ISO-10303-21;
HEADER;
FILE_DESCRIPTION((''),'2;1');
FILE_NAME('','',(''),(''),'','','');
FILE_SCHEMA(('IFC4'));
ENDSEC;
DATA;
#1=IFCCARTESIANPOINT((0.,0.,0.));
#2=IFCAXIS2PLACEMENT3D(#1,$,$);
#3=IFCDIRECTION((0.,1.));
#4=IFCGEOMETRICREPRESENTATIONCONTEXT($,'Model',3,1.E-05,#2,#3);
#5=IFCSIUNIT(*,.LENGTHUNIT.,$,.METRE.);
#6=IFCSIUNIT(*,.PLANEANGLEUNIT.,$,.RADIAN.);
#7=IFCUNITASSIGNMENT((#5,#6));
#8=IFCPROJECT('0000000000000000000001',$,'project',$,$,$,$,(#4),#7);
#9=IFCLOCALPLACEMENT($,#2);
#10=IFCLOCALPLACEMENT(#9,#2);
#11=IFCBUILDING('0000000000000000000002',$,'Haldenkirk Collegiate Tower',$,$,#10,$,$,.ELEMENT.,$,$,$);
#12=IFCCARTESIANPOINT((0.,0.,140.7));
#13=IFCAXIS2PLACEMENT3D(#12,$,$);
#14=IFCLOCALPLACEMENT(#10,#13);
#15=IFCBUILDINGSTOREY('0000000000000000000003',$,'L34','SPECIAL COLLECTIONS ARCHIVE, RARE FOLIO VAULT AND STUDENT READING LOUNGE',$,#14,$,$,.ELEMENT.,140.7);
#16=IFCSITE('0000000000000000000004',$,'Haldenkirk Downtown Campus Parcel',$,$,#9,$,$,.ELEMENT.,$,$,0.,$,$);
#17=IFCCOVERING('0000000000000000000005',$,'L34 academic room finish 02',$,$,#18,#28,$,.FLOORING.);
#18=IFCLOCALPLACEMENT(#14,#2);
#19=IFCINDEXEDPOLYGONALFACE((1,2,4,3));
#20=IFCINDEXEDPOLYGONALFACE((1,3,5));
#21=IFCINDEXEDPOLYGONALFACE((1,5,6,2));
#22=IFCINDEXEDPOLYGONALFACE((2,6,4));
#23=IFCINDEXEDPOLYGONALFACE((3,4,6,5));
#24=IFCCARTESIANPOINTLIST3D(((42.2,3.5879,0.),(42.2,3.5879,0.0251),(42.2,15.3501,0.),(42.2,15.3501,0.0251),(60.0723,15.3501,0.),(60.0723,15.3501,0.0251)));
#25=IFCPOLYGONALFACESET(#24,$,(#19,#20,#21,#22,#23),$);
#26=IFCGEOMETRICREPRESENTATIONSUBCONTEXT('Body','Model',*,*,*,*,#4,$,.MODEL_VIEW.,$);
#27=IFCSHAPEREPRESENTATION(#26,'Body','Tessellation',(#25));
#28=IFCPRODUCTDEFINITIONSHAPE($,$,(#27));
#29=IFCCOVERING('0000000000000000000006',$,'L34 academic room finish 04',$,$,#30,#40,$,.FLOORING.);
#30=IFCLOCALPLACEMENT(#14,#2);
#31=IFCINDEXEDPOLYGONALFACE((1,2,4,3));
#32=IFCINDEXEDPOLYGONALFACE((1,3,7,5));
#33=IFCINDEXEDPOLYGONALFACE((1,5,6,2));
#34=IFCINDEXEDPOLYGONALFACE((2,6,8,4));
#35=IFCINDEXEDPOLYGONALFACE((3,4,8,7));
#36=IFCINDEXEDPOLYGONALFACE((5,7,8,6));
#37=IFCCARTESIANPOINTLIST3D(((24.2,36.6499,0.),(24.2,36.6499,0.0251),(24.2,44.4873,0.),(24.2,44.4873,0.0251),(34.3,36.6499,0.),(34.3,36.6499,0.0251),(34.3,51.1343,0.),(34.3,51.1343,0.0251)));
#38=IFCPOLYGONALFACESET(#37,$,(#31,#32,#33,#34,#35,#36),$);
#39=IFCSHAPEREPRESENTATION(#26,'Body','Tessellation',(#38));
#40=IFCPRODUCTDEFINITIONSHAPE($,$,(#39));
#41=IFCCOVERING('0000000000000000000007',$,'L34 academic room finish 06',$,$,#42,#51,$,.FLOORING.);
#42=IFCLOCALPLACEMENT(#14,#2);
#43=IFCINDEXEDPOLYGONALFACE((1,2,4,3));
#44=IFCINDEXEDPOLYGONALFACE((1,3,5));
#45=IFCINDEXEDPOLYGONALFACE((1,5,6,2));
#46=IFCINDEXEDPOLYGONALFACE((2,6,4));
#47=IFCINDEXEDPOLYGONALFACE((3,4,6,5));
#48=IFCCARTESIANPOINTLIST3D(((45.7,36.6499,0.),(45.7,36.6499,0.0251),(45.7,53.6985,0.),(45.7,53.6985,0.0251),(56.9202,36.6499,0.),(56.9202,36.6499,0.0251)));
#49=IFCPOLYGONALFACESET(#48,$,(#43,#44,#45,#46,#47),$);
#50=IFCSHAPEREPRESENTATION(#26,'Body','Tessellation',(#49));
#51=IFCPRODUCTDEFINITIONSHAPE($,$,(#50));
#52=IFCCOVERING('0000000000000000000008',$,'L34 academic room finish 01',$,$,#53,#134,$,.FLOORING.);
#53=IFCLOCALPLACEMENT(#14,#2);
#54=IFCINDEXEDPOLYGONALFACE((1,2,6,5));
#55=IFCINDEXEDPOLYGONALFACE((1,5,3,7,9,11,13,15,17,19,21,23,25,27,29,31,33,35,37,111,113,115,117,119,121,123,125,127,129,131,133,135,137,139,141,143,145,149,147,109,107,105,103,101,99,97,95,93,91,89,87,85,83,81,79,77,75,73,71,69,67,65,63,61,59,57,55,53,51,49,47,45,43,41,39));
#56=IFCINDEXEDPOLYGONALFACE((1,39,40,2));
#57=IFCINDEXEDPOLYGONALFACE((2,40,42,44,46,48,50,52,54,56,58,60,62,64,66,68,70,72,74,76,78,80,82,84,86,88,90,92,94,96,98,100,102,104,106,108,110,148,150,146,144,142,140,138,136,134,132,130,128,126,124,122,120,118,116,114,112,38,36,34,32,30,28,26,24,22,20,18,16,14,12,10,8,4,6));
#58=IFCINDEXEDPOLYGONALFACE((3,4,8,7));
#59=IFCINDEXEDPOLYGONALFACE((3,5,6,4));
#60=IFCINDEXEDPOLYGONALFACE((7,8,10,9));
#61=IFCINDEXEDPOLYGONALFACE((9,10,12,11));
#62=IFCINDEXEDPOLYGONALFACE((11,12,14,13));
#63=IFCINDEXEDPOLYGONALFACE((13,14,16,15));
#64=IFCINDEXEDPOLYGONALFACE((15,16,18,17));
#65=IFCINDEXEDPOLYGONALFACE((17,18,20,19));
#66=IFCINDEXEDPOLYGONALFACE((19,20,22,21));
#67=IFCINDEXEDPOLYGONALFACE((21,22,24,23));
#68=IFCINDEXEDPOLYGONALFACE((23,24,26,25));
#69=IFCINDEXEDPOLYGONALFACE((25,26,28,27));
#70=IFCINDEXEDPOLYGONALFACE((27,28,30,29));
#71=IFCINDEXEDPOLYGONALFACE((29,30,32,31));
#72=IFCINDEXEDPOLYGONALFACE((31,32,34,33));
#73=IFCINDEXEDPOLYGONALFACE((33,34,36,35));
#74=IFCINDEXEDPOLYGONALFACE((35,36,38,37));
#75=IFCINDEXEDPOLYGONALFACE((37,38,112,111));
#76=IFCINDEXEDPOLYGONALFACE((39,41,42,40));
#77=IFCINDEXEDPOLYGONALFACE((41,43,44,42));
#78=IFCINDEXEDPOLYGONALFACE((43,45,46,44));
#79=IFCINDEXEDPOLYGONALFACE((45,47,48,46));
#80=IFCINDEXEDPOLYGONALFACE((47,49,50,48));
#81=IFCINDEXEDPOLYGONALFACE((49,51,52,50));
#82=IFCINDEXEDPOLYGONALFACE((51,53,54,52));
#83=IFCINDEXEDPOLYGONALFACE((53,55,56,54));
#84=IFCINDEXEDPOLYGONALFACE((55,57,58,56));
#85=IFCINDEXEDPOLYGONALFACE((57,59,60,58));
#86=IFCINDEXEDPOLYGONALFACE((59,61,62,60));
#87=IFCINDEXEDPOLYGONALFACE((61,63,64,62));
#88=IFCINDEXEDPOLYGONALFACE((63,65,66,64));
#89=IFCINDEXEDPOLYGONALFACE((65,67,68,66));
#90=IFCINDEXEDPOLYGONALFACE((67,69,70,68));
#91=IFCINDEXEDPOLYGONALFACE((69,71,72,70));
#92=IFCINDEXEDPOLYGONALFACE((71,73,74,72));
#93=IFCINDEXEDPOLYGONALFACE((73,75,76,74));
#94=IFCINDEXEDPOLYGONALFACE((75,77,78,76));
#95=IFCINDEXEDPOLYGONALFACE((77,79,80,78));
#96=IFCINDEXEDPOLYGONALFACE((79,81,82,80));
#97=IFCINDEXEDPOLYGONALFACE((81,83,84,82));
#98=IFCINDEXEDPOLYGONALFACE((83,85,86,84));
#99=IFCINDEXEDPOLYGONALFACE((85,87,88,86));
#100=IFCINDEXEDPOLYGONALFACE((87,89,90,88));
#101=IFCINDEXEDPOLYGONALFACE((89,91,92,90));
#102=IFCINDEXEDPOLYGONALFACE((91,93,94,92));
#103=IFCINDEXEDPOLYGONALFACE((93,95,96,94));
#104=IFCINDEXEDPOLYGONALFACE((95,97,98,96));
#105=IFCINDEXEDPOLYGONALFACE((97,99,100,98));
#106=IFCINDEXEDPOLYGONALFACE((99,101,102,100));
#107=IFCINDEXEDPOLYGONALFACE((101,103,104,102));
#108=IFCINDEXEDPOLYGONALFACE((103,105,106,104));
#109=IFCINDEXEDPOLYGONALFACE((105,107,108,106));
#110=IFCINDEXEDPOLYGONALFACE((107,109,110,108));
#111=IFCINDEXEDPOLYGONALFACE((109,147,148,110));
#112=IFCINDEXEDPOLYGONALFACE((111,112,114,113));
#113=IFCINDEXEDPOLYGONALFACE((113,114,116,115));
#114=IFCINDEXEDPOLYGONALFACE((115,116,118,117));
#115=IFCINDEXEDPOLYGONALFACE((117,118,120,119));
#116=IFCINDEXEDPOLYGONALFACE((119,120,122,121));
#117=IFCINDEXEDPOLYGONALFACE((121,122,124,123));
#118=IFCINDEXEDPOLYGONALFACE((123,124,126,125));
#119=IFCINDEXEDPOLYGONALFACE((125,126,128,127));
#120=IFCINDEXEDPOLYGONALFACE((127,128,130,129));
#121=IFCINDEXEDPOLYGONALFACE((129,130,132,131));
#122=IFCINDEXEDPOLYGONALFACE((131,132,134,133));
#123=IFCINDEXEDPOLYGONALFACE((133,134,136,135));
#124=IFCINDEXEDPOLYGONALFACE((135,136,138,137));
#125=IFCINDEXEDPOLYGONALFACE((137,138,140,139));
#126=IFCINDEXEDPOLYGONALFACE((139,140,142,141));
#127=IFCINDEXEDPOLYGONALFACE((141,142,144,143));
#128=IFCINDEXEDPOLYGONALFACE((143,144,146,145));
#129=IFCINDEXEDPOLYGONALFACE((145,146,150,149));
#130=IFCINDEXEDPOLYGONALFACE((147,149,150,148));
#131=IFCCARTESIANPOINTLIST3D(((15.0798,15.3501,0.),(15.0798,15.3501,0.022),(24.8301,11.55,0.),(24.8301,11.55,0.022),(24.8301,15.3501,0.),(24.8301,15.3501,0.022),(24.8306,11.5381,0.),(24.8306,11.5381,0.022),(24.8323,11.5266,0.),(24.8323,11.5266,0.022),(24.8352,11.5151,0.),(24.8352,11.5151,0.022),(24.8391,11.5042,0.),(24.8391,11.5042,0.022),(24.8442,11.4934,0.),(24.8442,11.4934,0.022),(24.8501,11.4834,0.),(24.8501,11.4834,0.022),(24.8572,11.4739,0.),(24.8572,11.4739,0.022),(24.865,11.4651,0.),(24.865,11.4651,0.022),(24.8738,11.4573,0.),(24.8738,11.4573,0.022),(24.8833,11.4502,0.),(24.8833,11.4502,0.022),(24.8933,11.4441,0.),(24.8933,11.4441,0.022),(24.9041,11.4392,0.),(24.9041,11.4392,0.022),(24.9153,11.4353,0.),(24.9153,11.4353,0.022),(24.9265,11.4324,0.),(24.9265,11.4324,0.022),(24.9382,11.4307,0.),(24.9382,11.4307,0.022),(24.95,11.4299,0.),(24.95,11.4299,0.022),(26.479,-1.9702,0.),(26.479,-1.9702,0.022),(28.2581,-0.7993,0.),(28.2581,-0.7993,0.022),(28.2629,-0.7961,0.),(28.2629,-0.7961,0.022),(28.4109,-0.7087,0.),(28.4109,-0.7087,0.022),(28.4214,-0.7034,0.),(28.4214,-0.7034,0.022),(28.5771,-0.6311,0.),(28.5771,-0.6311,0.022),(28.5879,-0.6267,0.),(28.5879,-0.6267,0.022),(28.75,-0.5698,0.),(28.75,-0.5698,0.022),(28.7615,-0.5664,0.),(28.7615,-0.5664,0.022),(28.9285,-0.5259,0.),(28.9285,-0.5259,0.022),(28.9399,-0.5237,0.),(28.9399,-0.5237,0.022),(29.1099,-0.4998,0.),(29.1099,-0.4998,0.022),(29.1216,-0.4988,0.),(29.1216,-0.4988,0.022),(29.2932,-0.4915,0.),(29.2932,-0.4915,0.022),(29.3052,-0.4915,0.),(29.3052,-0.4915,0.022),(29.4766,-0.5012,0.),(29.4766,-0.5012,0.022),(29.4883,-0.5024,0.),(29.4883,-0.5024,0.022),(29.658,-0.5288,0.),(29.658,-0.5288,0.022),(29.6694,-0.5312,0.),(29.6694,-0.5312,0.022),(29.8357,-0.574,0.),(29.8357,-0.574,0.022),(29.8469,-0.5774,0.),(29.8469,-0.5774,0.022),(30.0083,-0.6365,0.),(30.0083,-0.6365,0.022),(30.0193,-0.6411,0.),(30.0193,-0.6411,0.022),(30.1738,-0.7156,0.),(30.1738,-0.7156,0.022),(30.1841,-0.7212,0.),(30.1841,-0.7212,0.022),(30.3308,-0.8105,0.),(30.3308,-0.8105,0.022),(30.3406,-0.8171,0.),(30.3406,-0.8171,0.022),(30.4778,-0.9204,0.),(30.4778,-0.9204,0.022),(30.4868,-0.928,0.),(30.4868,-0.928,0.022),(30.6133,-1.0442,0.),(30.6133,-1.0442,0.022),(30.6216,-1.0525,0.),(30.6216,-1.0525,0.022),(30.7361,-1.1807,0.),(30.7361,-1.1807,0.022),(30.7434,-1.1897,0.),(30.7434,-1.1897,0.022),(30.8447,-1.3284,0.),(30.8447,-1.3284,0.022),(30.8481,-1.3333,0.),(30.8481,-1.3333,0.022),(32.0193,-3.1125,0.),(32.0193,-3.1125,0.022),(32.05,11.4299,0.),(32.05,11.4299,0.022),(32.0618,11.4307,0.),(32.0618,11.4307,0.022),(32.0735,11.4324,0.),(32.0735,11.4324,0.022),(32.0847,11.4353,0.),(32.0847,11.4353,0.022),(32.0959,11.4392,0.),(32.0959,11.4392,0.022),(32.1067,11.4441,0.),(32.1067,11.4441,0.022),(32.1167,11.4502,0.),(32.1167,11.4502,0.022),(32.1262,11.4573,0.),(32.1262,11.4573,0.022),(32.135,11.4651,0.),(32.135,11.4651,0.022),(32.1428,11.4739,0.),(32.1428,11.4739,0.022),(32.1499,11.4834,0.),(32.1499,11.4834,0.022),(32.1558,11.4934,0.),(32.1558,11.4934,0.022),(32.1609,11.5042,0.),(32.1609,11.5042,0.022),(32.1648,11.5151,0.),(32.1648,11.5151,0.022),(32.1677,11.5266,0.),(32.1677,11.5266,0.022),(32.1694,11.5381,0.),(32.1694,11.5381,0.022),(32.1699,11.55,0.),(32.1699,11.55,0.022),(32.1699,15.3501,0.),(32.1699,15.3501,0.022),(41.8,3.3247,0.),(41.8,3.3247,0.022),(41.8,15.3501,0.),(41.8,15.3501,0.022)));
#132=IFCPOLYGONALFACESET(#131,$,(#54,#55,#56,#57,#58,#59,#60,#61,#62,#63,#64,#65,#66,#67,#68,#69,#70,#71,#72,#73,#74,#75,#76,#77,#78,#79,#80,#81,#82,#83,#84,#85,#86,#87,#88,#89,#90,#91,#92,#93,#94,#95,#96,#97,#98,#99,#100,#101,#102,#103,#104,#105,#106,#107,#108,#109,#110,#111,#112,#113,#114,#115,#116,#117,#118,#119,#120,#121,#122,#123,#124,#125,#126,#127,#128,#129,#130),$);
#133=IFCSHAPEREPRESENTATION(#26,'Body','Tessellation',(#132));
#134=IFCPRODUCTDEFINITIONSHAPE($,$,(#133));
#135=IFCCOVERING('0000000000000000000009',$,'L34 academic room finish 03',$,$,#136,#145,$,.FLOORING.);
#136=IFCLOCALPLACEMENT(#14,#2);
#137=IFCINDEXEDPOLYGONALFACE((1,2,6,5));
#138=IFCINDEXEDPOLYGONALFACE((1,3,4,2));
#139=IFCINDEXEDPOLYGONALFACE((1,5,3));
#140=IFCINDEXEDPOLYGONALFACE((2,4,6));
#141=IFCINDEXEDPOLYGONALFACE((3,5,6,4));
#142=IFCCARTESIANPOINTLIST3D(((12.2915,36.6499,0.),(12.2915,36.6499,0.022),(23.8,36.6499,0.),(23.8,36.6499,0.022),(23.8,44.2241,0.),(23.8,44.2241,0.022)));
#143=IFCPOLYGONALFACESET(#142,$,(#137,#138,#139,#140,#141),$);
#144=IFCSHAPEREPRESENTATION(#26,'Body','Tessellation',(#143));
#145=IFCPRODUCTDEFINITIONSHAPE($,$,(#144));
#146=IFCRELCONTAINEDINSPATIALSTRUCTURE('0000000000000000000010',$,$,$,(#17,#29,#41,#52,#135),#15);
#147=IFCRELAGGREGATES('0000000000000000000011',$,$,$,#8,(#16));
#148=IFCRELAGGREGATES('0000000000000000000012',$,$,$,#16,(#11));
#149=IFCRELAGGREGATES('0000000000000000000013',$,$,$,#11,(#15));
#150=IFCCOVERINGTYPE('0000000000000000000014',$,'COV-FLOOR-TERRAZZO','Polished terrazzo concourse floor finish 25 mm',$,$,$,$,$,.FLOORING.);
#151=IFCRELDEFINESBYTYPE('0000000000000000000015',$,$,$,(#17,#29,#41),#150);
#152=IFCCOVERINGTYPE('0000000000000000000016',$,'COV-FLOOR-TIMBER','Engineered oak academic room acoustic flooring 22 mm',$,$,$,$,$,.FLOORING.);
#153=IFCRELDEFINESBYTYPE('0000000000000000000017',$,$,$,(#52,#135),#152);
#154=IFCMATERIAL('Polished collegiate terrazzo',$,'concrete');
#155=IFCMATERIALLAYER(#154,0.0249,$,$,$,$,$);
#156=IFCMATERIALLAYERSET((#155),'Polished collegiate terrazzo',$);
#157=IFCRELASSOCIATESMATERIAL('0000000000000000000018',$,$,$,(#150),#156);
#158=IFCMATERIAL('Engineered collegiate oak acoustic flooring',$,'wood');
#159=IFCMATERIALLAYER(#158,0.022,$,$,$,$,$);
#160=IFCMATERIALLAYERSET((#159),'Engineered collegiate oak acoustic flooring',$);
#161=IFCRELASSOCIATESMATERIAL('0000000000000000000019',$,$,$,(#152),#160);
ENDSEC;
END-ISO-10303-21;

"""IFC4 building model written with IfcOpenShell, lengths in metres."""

from ifc_helpers import new_model, si_unit, direction, frame, origin, place, context, subcontext, project, spatial, polyline, outline, extrude, material, layer, layer_set, type_object, element, save


model = new_model("IFC4")

# Units and contexts
model_context = context("Model", 3, precision=1e-05, world=origin(), true_north=direction((0.0, 1.0)))
body_context = subcontext(model_context, "Body", "Model", "MODEL_VIEW")
ifc_project = project(units=[si_unit("LENGTHUNIT", "METRE"), si_unit("PLANEANGLEUNIT", "RADIAN")], contexts=[model_context])

# Site, building, storey
site_placement = place(None, origin())
site = spatial("IfcSite", under=ifc_project, at=site_placement, Name="Haldenkirk Downtown Campus Parcel", CompositionType="ELEMENT", RefElevation=0.0)
building_placement = place(site_placement, origin())
building = spatial("IfcBuilding", under=site, at=building_placement, Name="Haldenkirk Collegiate Tower", CompositionType="ELEMENT")
storey_placement = place(building_placement, frame((0.0, 0.0, 140.7)))
storey = spatial("IfcBuildingStorey", under=building, at=storey_placement, Name="L34", Description="SPECIAL COLLECTIONS ARCHIVE, RARE FOLIO VAULT AND STUDENT READING LOUNGE", CompositionType="ELEMENT", Elevation=140.7)

# Coverings
ifc_material_1 = material(Name="Polished collegiate terrazzo", Category="concrete")
ifc_layer_1 = layer(ifc_material_1, 0.0249)
ifc_layer_set_1 = layer_set([ifc_layer_1], Name="Polished collegiate terrazzo")
covering_type_1 = type_object("IfcCoveringType", Name="COV-FLOOR-TERRAZZO", Description="Polished terrazzo concourse floor finish 25 mm", PredefinedType="FLOORING", material=ifc_layer_set_1)
covering_1_placement = place(storey_placement, origin())
element("IfcCovering", 1, at=covering_1_placement, inside=storey, type_object=covering_type_1, Name="L34 academic room finish 02", PredefinedType="FLOORING", context=body_context, shape_type="SweptSolid", body=[
    extrude(outline(polyline([(42.2, 3.5879), (42.2, 15.3501), (60.0723, 15.3501), (42.2, 3.5879)])), origin(), (0.0, 0.0, 1.0), 0.0251),
])
covering_2_placement = place(storey_placement, origin())
element("IfcCovering", 2, at=covering_2_placement, inside=storey, type_object=covering_type_1, Name="L34 academic room finish 04", PredefinedType="FLOORING", context=body_context, shape_type="SweptSolid", body=[
    extrude(outline(polyline([(34.3, 51.1343), (34.3, 36.6499), (24.2, 36.6499), (24.2, 44.4873), (34.3, 51.1343)])), origin(), (0.0, 0.0, 1.0), 0.0251),
])
covering_3_placement = place(storey_placement, origin())
element("IfcCovering", 3, at=covering_3_placement, inside=storey, type_object=covering_type_1, Name="L34 academic room finish 06", PredefinedType="FLOORING", context=body_context, shape_type="SweptSolid", body=[
    extrude(outline(polyline([(45.7, 53.6985), (56.9202, 36.6499), (45.7, 36.6499), (45.7, 53.6985)])), origin(), (0.0, 0.0, 1.0), 0.0251),
])
ifc_material_2 = material(Name="Engineered collegiate oak acoustic flooring", Category="wood")
ifc_layer_2 = layer(ifc_material_2, 0.022)
ifc_layer_set_2 = layer_set([ifc_layer_2], Name="Engineered collegiate oak acoustic flooring")
covering_type_2 = type_object("IfcCoveringType", Name="COV-FLOOR-TIMBER", Description="Engineered oak academic room acoustic flooring 22 mm", PredefinedType="FLOORING", material=ifc_layer_set_2)
covering_4_placement = place(storey_placement, origin())
element("IfcCovering", 4, at=covering_4_placement, inside=storey, type_object=covering_type_2, Name="L34 academic room finish 01", PredefinedType="FLOORING", context=body_context, shape_type="SweptSolid", body=[
    extrude(outline(polyline([(30.3406, -0.8171), (30.3308, -0.8105), (30.1841, -0.7212), (30.1738, -0.7156), (30.0193, -0.6411), (30.0083, -0.6365), (29.8469, -0.5774), (29.8357, -0.574), (29.6694, -0.5312), (29.658, -0.5288), (29.4883, -0.5024), (29.4766, -0.5012), (29.3052, -0.4915), (29.2932, -0.4915), (29.1216, -0.4988), (29.1099, -0.4998), (28.9399, -0.5237), (28.9285, -0.5259), (28.7615, -0.5664), (28.75, -0.5698), (28.5879, -0.6267), (28.5771, -0.6311), (28.4214, -0.7034), (28.4109, -0.7087), (28.2629, -0.7961), (28.2581, -0.7993), (26.479, -1.9702), (15.0798, 15.3501), (24.8301, 15.3501), (24.8301, 11.55), (24.8306, 11.5381), (24.8323, 11.5266), (24.8352, 11.5151), (24.8391, 11.5042), (24.8442, 11.4934), (24.8501, 11.4834), (24.8572, 11.4739), (24.865, 11.4651), (24.8738, 11.4573), (24.8833, 11.4502), (24.8933, 11.4441), (24.9041, 11.4392), (24.9153, 11.4353), (24.9265, 11.4324), (24.9382, 11.4307), (24.95, 11.4299), (32.05, 11.4299), (32.0618, 11.4307), (32.0735, 11.4324), (32.0847, 11.4353), (32.0959, 11.4392), (32.1067, 11.4441), (32.1167, 11.4502), (32.1262, 11.4573), (32.135, 11.4651), (32.1428, 11.4739), (32.1499, 11.4834), (32.1558, 11.4934), (32.1609, 11.5042), (32.1648, 11.5151), (32.1677, 11.5266), (32.1694, 11.5381), (32.1699, 11.55), (32.1699, 15.3501), (41.8, 15.3501), (41.8, 3.3247), (32.0193, -3.1125), (30.8481, -1.3333), (30.8447, -1.3284), (30.7434, -1.1897), (30.7361, -1.1807), (30.6216, -1.0525), (30.6133, -1.0442), (30.4868, -0.928), (30.4778, -0.9204), (30.3406, -0.8171)])), origin(), (0.0, 0.0, 1.0), 0.022),
])
covering_5_placement = place(storey_placement, origin())
element("IfcCovering", 5, at=covering_5_placement, inside=storey, type_object=covering_type_2, Name="L34 academic room finish 03", PredefinedType="FLOORING", context=body_context, shape_type="SweptSolid", body=[
    extrude(outline(polyline([(23.8, 44.2241), (23.8, 36.6499), (12.2915, 36.6499), (23.8, 44.2241)])), origin(), (0.0, 0.0, 1.0), 0.022),
])

save(model, "model.ifc")
